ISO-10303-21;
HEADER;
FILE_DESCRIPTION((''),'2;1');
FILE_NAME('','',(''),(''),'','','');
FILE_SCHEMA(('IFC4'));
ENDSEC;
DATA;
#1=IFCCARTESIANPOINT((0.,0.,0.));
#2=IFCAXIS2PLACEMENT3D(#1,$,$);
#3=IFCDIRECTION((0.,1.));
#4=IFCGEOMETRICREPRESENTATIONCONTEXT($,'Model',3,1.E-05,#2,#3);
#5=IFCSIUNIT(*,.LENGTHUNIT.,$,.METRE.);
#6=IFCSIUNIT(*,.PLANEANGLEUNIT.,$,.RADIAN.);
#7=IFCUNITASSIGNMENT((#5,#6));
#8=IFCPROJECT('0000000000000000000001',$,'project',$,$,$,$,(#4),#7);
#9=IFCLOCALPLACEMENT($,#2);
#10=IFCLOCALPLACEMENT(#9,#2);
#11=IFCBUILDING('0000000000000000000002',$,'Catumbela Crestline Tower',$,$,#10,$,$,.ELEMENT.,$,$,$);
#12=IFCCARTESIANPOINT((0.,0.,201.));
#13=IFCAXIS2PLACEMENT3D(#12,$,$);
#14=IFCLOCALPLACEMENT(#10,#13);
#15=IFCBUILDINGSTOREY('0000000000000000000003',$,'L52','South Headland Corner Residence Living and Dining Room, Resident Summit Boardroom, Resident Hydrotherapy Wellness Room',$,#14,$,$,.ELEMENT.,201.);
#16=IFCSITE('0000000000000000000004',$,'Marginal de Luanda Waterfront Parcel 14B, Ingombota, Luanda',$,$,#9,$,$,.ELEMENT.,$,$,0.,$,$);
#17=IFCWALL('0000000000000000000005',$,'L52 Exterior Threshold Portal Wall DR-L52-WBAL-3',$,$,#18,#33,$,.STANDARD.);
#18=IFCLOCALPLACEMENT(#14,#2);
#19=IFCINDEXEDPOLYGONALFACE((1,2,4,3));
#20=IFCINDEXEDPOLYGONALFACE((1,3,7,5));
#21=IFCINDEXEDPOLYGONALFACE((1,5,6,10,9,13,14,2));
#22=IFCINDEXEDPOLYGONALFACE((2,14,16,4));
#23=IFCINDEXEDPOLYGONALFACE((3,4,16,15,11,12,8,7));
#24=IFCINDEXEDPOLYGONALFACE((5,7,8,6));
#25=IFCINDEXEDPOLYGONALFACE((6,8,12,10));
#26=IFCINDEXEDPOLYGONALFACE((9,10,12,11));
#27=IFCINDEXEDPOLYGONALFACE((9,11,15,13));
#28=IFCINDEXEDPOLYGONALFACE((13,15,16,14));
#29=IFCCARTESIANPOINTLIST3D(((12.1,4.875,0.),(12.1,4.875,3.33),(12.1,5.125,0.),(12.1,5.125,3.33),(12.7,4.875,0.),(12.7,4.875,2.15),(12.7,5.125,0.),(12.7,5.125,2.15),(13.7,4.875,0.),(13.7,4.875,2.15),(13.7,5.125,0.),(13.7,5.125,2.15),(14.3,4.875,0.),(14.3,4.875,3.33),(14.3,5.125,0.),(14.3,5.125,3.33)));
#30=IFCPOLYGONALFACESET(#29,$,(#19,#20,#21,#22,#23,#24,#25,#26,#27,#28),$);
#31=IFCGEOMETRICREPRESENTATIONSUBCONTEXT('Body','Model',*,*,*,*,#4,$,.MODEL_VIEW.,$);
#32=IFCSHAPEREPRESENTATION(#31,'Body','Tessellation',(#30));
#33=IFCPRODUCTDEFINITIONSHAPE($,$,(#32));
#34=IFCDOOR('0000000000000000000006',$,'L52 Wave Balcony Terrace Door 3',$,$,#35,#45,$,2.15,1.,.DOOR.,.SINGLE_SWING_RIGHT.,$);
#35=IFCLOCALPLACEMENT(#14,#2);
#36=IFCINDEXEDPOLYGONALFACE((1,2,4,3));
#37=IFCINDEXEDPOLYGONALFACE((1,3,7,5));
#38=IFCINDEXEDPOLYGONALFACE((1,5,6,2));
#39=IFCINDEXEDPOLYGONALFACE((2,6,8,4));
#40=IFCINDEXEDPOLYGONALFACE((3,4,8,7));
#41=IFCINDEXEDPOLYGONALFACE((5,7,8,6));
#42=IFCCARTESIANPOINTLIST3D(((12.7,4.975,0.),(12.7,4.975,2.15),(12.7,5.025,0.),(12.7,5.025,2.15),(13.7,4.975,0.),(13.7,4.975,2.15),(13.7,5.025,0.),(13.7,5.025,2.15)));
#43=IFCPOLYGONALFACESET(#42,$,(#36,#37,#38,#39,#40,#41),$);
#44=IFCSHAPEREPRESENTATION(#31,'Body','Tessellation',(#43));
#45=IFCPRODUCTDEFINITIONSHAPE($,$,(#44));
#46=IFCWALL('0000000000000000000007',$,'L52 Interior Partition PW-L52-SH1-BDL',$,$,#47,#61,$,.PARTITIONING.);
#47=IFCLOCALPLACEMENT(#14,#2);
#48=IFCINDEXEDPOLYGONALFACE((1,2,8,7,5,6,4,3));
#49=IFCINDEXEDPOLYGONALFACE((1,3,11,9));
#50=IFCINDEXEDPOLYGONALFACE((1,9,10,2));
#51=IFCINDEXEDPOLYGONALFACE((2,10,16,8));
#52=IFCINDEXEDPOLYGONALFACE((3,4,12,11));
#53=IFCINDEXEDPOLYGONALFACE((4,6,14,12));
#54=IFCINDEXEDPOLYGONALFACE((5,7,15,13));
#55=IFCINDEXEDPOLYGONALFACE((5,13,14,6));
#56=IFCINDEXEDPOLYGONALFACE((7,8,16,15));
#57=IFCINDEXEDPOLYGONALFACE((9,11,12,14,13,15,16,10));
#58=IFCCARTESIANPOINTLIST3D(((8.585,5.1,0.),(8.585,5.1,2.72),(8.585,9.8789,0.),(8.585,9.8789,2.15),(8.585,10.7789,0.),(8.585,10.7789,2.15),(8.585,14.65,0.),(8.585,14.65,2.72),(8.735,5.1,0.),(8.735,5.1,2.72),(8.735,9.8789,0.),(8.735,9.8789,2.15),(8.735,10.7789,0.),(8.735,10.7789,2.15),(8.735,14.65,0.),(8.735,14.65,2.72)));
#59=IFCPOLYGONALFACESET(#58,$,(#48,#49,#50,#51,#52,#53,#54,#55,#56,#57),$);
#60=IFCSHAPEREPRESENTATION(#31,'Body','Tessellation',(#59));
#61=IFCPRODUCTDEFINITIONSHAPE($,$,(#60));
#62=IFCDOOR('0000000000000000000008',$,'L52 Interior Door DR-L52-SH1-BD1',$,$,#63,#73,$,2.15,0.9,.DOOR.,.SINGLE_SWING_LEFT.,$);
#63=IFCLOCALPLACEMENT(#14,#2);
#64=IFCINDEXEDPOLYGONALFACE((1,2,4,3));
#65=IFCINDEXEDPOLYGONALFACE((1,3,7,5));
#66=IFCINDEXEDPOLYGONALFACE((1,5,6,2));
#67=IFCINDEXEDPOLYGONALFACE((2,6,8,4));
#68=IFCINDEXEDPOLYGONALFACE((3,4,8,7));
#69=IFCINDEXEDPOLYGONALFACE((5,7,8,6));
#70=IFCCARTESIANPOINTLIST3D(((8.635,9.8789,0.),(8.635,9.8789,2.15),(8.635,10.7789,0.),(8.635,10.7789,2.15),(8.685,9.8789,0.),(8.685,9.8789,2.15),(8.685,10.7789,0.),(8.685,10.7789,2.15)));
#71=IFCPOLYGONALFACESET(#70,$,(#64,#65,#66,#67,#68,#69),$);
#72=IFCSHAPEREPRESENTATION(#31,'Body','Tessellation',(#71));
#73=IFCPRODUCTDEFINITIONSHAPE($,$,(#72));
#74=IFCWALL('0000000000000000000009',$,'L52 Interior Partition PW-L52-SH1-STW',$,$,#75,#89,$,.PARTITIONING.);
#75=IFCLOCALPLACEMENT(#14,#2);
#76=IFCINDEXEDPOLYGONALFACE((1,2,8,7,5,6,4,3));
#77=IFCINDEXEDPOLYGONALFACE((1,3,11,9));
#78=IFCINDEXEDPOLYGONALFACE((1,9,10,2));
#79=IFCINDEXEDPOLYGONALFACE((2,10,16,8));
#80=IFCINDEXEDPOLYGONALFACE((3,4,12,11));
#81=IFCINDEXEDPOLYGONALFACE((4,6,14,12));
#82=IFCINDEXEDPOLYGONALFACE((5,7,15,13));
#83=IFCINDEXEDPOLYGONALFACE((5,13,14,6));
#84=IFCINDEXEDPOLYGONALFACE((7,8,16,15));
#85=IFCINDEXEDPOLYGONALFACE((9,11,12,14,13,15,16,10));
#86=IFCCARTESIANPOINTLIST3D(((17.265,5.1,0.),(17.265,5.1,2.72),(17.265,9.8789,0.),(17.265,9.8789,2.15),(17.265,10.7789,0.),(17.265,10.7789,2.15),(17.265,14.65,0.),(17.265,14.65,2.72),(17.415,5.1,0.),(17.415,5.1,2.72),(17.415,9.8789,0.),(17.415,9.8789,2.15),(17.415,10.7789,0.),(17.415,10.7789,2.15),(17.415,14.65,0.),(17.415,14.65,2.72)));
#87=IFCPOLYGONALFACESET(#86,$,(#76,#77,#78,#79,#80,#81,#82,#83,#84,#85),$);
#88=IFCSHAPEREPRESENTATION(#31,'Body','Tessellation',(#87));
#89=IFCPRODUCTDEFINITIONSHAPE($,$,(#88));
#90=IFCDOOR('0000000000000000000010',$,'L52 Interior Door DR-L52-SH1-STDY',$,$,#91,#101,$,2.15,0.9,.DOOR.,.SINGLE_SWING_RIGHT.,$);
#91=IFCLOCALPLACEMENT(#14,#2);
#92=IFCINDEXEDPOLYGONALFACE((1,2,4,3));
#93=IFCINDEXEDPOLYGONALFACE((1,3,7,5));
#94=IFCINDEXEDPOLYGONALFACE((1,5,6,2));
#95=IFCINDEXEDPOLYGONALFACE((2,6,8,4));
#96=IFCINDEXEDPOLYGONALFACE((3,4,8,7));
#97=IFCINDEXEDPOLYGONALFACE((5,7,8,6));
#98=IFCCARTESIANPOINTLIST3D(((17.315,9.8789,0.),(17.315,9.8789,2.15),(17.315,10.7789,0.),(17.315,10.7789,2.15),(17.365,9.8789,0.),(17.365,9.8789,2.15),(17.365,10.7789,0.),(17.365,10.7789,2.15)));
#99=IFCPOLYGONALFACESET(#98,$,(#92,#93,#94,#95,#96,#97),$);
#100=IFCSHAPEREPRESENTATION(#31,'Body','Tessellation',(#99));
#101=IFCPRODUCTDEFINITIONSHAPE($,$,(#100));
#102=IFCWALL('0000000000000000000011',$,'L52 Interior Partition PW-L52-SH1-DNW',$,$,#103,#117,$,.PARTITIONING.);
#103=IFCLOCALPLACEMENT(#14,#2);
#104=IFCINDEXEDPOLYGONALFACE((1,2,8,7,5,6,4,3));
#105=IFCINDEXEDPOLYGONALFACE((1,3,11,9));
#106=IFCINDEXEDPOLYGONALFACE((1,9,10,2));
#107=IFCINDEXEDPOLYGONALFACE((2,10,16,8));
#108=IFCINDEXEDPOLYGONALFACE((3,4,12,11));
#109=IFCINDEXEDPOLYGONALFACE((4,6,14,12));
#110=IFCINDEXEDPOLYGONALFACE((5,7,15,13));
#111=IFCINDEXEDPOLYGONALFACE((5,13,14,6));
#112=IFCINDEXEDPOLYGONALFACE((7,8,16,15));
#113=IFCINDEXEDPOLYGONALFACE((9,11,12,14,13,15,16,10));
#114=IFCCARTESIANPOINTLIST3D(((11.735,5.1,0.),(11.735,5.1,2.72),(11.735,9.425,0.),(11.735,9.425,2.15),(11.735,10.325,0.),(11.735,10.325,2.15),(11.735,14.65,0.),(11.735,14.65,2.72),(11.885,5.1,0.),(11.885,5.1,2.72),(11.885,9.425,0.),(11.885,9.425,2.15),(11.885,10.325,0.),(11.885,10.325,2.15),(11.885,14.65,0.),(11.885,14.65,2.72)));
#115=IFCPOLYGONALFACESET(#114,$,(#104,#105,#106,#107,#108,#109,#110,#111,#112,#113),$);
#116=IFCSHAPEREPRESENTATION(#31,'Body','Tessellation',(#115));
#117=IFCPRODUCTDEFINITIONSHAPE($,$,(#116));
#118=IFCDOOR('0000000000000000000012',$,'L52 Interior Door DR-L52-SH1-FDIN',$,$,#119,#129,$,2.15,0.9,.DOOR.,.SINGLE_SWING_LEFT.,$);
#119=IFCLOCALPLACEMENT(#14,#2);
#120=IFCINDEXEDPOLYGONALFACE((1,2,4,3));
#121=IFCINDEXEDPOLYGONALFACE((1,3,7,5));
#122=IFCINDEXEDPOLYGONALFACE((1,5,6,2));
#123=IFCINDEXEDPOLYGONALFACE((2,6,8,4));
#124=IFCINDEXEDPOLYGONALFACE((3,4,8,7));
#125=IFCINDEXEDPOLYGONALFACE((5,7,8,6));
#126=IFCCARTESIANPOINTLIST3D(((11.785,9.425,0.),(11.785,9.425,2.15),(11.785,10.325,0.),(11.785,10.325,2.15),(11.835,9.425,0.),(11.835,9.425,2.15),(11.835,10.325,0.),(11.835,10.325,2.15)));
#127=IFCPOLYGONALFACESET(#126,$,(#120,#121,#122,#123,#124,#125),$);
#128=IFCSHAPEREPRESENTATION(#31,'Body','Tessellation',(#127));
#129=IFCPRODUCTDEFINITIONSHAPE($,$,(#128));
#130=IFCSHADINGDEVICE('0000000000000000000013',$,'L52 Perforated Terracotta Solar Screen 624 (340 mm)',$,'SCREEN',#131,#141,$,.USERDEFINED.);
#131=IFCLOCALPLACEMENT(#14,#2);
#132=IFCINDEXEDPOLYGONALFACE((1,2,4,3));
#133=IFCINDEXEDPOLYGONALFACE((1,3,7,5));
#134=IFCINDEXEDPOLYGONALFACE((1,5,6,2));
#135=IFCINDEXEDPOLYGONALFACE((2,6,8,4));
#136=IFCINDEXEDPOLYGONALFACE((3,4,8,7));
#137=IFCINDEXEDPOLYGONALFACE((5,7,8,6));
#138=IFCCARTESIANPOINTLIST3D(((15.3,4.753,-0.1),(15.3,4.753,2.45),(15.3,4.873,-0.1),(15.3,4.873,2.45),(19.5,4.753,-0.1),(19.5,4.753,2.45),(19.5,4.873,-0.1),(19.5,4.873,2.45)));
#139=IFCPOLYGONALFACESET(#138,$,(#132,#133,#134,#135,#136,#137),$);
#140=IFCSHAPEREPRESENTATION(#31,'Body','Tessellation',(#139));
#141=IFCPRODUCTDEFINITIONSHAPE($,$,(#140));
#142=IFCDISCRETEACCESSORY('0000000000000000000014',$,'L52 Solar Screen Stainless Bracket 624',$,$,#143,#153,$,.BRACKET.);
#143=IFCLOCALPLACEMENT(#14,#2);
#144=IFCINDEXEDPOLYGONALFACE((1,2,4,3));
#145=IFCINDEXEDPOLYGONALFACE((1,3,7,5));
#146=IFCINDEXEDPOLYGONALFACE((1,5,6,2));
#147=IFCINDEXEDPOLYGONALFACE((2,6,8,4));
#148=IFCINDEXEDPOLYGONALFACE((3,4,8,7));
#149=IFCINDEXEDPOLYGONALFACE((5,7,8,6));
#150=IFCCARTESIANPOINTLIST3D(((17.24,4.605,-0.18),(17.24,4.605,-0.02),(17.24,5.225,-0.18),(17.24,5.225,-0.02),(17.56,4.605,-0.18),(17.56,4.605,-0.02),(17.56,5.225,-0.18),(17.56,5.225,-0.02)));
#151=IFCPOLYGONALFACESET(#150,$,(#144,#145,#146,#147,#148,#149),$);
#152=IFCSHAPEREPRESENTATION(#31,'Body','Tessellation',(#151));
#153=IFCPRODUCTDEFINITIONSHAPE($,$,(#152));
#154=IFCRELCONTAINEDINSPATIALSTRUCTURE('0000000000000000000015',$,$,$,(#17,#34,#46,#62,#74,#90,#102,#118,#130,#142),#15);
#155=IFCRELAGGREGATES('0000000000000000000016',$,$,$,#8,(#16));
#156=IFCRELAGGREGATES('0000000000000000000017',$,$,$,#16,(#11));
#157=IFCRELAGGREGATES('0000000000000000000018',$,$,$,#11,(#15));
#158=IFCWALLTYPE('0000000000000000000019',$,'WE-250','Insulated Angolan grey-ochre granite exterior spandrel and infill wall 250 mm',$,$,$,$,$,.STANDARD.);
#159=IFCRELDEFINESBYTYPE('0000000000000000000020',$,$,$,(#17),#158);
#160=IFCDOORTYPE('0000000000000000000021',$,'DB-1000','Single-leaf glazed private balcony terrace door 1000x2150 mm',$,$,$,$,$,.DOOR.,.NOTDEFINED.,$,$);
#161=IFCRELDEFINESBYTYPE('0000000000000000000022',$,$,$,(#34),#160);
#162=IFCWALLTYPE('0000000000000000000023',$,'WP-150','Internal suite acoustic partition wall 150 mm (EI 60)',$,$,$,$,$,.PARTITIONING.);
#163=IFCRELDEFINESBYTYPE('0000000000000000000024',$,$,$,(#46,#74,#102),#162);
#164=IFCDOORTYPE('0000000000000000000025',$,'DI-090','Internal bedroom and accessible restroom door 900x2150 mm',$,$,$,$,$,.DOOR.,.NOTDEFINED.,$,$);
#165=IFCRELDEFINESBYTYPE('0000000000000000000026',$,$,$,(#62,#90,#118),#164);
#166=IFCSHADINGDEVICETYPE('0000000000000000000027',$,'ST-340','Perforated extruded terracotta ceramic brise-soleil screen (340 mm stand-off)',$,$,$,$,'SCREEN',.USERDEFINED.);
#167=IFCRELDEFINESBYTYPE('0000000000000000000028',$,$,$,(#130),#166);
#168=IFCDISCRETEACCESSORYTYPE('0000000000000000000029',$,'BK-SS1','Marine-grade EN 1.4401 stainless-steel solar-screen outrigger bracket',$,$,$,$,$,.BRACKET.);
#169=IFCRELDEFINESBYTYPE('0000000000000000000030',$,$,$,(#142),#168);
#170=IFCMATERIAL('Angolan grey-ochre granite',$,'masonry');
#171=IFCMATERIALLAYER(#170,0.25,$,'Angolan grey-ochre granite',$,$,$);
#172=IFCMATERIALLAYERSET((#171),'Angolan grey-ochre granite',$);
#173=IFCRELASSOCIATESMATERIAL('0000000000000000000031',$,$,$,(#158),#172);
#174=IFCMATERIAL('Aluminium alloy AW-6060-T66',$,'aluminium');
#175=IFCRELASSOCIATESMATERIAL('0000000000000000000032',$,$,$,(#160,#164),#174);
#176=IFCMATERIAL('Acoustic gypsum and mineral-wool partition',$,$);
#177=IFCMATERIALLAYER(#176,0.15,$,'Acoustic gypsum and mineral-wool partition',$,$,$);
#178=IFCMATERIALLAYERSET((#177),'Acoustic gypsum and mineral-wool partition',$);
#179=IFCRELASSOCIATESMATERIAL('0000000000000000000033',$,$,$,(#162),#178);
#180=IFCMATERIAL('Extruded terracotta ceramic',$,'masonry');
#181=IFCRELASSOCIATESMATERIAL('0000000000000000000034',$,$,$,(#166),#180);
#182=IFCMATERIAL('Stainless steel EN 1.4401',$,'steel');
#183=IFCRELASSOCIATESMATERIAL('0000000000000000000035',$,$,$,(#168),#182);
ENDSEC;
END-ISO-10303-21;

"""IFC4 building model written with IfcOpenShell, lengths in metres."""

from ifc_helpers import new_model, si_unit, direction, frame, frame_2d, origin, origin_2d, place, context, subcontext, project, spatial, rectangle, extrude, material, layer, layer_set, type_object, element, fill, save


model = new_model("IFC4")

# Units and contexts
model_context = context("Model", 3, precision=1e-05, world=origin(), true_north=direction((0.0, 1.0)))
body_context = subcontext(model_context, "Body", "Model", "MODEL_VIEW")
ifc_project = project(units=[si_unit("LENGTHUNIT", "METRE"), si_unit("PLANEANGLEUNIT", "RADIAN")], contexts=[model_context])

# Site, building, storey
site_placement = place(None, origin())
site = spatial("IfcSite", under=ifc_project, at=site_placement, Name="Marginal de Luanda Waterfront Parcel 14B, Ingombota, Luanda", CompositionType="ELEMENT", RefElevation=0.0)
building_placement = place(site_placement, origin())
building = spatial("IfcBuilding", under=site, at=building_placement, Name="Catumbela Crestline Tower", CompositionType="ELEMENT")
storey_placement = place(building_placement, frame((0.0, 0.0, 201.0)))
storey = spatial("IfcBuildingStorey", under=building, at=storey_placement, Name="L52", Description="South Headland Corner Residence Living and Dining Room, Resident Summit Boardroom, Resident Hydrotherapy Wellness Room", CompositionType="ELEMENT", Elevation=201.0)

# Shared definitions
ifc_material_1 = material(Name="Aluminium alloy AW-6060-T66", Category="aluminium")

# Walls, openings, doors
ifc_material_2 = material(Name="Angolan grey-ochre granite", Category="masonry")
ifc_layer_1 = layer(ifc_material_2, 0.25, Name="Angolan grey-ochre granite")
ifc_layer_set_1 = layer_set([ifc_layer_1], Name="Angolan grey-ochre granite")
wall_type_1 = type_object("IfcWallType", Name="WE-250", Description="Insulated Angolan grey-ochre granite exterior spandrel and infill wall 250 mm", PredefinedType="STANDARD", material=ifc_layer_set_1)
wall_1_placement = place(storey_placement, frame((12.1, 5.0, 0.0), z_axis=(0.0, 0.0, 1.0), x_axis=(1.0, 0.0, 0.0)))
wall_1 = element("IfcWall", 1, at=wall_1_placement, inside=storey, type_object=wall_type_1, Name="L52 Exterior Threshold Portal Wall DR-L52-WBAL-3", PredefinedType="STANDARD", context=body_context, shape_type="SweptSolid", body=[
    extrude(rectangle(XDim=2.2, YDim=0.25, at=frame_2d((1.1, 0.0))), origin(), (0.0, 0.0, 1.0), 3.33),
])
opening_1_placement = place(wall_1_placement, frame((0.6, 0.0, 0.0)))
opening_1 = element("IfcOpeningElement", 2, at=opening_1_placement, cuts=wall_1, PredefinedType="OPENING", context=body_context, shape_type="SweptSolid", body=[
    extrude(rectangle(XDim=1.0, YDim=2.15, at=frame_2d((0.5, 1.075))), frame((0.0, 0.135, 0.0), z_axis=(0.0, -1.0, 0.0), x_axis=(1.0, 0.0, 0.0)), (0.0, 0.0, 1.0), 0.27),
])
door_type_1 = type_object("IfcDoorType", Name="DB-1000", Description="Single-leaf glazed private balcony terrace door 1000x2150 mm", OperationType="NOTDEFINED", PredefinedType="DOOR", material=ifc_material_1)
door_1_placement = place(opening_1_placement, origin())
door_1 = element("IfcDoor", 3, at=door_1_placement, inside=storey, type_object=door_type_1, Name="L52 Wave Balcony Terrace Door 3", OperationType="SINGLE_SWING_RIGHT", OverallHeight=2.15, OverallWidth=1.0, PredefinedType="DOOR", context=body_context, shape_type="SweptSolid", body=[
    extrude(rectangle(XDim=1.0, YDim=2.15, at=frame_2d((0.5, 1.075))), frame((0.0, 0.025, 0.0), z_axis=(0.0, -1.0, 0.0), x_axis=(1.0, 0.0, 0.0)), (0.0, 0.0, 1.0), 0.05),
])
fill(opening_1, door_1)
ifc_material_3 = material(Name="Acoustic gypsum and mineral-wool partition")
ifc_layer_2 = layer(ifc_material_3, 0.15, Name="Acoustic gypsum and mineral-wool partition")
ifc_layer_set_2 = layer_set([ifc_layer_2], Name="Acoustic gypsum and mineral-wool partition")
wall_type_2 = type_object("IfcWallType", Name="WP-150", Description="Internal suite acoustic partition wall 150 mm (EI 60)", PredefinedType="PARTITIONING", material=ifc_layer_set_2)
wall_2_placement = place(storey_placement, frame((8.66, 5.1, 0.0), z_axis=(0.0, 0.0, 1.0), x_axis=(0.0, 1.0, 0.0)))
wall_2 = element("IfcWall", 4, at=wall_2_placement, inside=storey, type_object=wall_type_2, Name="L52 Interior Partition PW-L52-SH1-BDL", PredefinedType="PARTITIONING", context=body_context, shape_type="SweptSolid", body=[
    extrude(rectangle(XDim=9.55, YDim=0.15, at=frame_2d((4.775, 0.0))), origin(), (0.0, 0.0, 1.0), 2.72),
])
opening_2_placement = place(wall_2_placement, frame((4.7789, 0.0, 0.0)))
opening_2 = element("IfcOpeningElement", 5, at=opening_2_placement, cuts=wall_2, PredefinedType="OPENING", context=body_context, shape_type="SweptSolid", body=[
    extrude(rectangle(XDim=0.9, YDim=2.15, at=frame_2d((0.45, 1.075))), frame((0.0, 0.085, 0.0), z_axis=(0.0, -1.0, 0.0), x_axis=(1.0, 0.0, 0.0)), (0.0, 0.0, 1.0), 0.17),
])
door_type_2 = type_object("IfcDoorType", Name="DI-090", Description="Internal bedroom and accessible restroom door 900x2150 mm", OperationType="NOTDEFINED", PredefinedType="DOOR", material=ifc_material_1)
door_2_placement = place(opening_2_placement, origin())
door_2 = element("IfcDoor", 6, at=door_2_placement, inside=storey, type_object=door_type_2, Name="L52 Interior Door DR-L52-SH1-BD1", OperationType="SINGLE_SWING_LEFT", OverallHeight=2.15, OverallWidth=0.9, PredefinedType="DOOR", context=body_context, shape_type="SweptSolid", body=[
    extrude(rectangle(XDim=0.9, YDim=2.15, at=frame_2d((0.45, 1.075))), frame((0.0, 0.025, 0.0), z_axis=(0.0, -1.0, 0.0), x_axis=(1.0, 0.0, 0.0)), (0.0, 0.0, 1.0), 0.05),
])
fill(opening_2, door_2)
wall_3_placement = place(storey_placement, frame((17.34, 5.1, 0.0), z_axis=(0.0, 0.0, 1.0), x_axis=(0.0, 1.0, 0.0)))
wall_3 = element("IfcWall", 7, at=wall_3_placement, inside=storey, type_object=wall_type_2, Name="L52 Interior Partition PW-L52-SH1-STW", PredefinedType="PARTITIONING", context=body_context, shape_type="SweptSolid", body=[
    extrude(rectangle(XDim=9.55, YDim=0.15, at=frame_2d((4.775, 0.0))), origin(), (0.0, 0.0, 1.0), 2.72),
])
opening_3_placement = place(wall_3_placement, frame((4.7789, 0.0, 0.0)))
opening_3 = element("IfcOpeningElement", 8, at=opening_3_placement, cuts=wall_3, PredefinedType="OPENING", context=body_context, shape_type="SweptSolid", body=[
    extrude(rectangle(XDim=0.9, YDim=2.15, at=frame_2d((0.45, 1.075))), frame((0.0, 0.085, 0.0), z_axis=(0.0, -1.0, 0.0), x_axis=(1.0, 0.0, 0.0)), (0.0, 0.0, 1.0), 0.17),
])
door_3_placement = place(opening_3_placement, origin())
door_3 = element("IfcDoor", 9, at=door_3_placement, inside=storey, type_object=door_type_2, Name="L52 Interior Door DR-L52-SH1-STDY", OperationType="SINGLE_SWING_RIGHT", OverallHeight=2.15, OverallWidth=0.9, PredefinedType="DOOR", context=body_context, shape_type="SweptSolid", body=[
    extrude(rectangle(XDim=0.9, YDim=2.15, at=frame_2d((0.45, 1.075))), frame((0.0, 0.025, 0.0), z_axis=(0.0, -1.0, 0.0), x_axis=(1.0, 0.0, 0.0)), (0.0, 0.0, 1.0), 0.05),
])
fill(opening_3, door_3)
wall_4_placement = place(storey_placement, frame((11.81, 5.1, 0.0), z_axis=(0.0, 0.0, 1.0), x_axis=(0.0, 1.0, 0.0)))
wall_4 = element("IfcWall", 10, at=wall_4_placement, inside=storey, type_object=wall_type_2, Name="L52 Interior Partition PW-L52-SH1-DNW", PredefinedType="PARTITIONING", context=body_context, shape_type="SweptSolid", body=[
    extrude(rectangle(XDim=9.55, YDim=0.15, at=frame_2d((4.775, 0.0))), origin(), (0.0, 0.0, 1.0), 2.72),
])
opening_4_placement = place(wall_4_placement, frame((4.325, 0.0, 0.0)))
opening_4 = element("IfcOpeningElement", 11, at=opening_4_placement, cuts=wall_4, PredefinedType="OPENING", context=body_context, shape_type="SweptSolid", body=[
    extrude(rectangle(XDim=0.9, YDim=2.15, at=frame_2d((0.45, 1.075))), frame((0.0, 0.085, 0.0), z_axis=(0.0, -1.0, 0.0), x_axis=(1.0, 0.0, 0.0)), (0.0, 0.0, 1.0), 0.17),
])
door_4_placement = place(opening_4_placement, origin())
door_4 = element("IfcDoor", 12, at=door_4_placement, inside=storey, type_object=door_type_2, Name="L52 Interior Door DR-L52-SH1-FDIN", OperationType="SINGLE_SWING_LEFT", OverallHeight=2.15, OverallWidth=0.9, PredefinedType="DOOR", context=body_context, shape_type="SweptSolid", body=[
    extrude(rectangle(XDim=0.9, YDim=2.15, at=frame_2d((0.45, 1.075))), frame((0.0, 0.025, 0.0), z_axis=(0.0, -1.0, 0.0), x_axis=(1.0, 0.0, 0.0)), (0.0, 0.0, 1.0), 0.05),
])
fill(opening_4, door_4)

# Shared definitions
ifc_material_4 = material(Name="Stainless steel EN 1.4401", Category="steel")

# Shading device
ifc_material_5 = material(Name="Extruded terracotta ceramic", Category="masonry")
shading_device_type = type_object("IfcShadingDeviceType", Name="ST-340", Description="Perforated extruded terracotta ceramic brise-soleil screen (340 mm stand-off)", ElementType="SCREEN", PredefinedType="USERDEFINED", material=ifc_material_5)
shading_device_placement = place(storey_placement, frame((17.4, 4.813, -0.1), z_axis=(0.0, 0.0, 1.0), x_axis=(1.0, 0.0, 0.0)))
element("IfcShadingDevice", 13, at=shading_device_placement, inside=storey, type_object=shading_device_type, Name="L52 Perforated Terracotta Solar Screen 624 (340 mm)", ObjectType="SCREEN", PredefinedType="USERDEFINED", context=body_context, shape_type="SweptSolid", body=[
    extrude(rectangle(XDim=4.2, YDim=0.12, at=origin_2d()), origin(), (0.0, 0.0, 1.0), 2.55),
])

# Discrete accessory
discrete_accessory_type = type_object("IfcDiscreteAccessoryType", Name="BK-SS1", Description="Marine-grade EN 1.4401 stainless-steel solar-screen outrigger bracket", PredefinedType="BRACKET", material=ifc_material_4)
discrete_accessory_placement = place(storey_placement, frame((17.4, 4.915, -0.18), z_axis=(0.0, 0.0, 1.0), x_axis=(1.0, 0.0, 0.0)))
element("IfcDiscreteAccessory", 14, at=discrete_accessory_placement, inside=storey, type_object=discrete_accessory_type, Name="L52 Solar Screen Stainless Bracket 624", PredefinedType="BRACKET", context=body_context, shape_type="SweptSolid", body=[
    extrude(rectangle(XDim=0.32, YDim=0.62, at=origin_2d()), origin(), (0.0, 0.0, 1.0), 0.16),
])

save(model, "model.ifc")
